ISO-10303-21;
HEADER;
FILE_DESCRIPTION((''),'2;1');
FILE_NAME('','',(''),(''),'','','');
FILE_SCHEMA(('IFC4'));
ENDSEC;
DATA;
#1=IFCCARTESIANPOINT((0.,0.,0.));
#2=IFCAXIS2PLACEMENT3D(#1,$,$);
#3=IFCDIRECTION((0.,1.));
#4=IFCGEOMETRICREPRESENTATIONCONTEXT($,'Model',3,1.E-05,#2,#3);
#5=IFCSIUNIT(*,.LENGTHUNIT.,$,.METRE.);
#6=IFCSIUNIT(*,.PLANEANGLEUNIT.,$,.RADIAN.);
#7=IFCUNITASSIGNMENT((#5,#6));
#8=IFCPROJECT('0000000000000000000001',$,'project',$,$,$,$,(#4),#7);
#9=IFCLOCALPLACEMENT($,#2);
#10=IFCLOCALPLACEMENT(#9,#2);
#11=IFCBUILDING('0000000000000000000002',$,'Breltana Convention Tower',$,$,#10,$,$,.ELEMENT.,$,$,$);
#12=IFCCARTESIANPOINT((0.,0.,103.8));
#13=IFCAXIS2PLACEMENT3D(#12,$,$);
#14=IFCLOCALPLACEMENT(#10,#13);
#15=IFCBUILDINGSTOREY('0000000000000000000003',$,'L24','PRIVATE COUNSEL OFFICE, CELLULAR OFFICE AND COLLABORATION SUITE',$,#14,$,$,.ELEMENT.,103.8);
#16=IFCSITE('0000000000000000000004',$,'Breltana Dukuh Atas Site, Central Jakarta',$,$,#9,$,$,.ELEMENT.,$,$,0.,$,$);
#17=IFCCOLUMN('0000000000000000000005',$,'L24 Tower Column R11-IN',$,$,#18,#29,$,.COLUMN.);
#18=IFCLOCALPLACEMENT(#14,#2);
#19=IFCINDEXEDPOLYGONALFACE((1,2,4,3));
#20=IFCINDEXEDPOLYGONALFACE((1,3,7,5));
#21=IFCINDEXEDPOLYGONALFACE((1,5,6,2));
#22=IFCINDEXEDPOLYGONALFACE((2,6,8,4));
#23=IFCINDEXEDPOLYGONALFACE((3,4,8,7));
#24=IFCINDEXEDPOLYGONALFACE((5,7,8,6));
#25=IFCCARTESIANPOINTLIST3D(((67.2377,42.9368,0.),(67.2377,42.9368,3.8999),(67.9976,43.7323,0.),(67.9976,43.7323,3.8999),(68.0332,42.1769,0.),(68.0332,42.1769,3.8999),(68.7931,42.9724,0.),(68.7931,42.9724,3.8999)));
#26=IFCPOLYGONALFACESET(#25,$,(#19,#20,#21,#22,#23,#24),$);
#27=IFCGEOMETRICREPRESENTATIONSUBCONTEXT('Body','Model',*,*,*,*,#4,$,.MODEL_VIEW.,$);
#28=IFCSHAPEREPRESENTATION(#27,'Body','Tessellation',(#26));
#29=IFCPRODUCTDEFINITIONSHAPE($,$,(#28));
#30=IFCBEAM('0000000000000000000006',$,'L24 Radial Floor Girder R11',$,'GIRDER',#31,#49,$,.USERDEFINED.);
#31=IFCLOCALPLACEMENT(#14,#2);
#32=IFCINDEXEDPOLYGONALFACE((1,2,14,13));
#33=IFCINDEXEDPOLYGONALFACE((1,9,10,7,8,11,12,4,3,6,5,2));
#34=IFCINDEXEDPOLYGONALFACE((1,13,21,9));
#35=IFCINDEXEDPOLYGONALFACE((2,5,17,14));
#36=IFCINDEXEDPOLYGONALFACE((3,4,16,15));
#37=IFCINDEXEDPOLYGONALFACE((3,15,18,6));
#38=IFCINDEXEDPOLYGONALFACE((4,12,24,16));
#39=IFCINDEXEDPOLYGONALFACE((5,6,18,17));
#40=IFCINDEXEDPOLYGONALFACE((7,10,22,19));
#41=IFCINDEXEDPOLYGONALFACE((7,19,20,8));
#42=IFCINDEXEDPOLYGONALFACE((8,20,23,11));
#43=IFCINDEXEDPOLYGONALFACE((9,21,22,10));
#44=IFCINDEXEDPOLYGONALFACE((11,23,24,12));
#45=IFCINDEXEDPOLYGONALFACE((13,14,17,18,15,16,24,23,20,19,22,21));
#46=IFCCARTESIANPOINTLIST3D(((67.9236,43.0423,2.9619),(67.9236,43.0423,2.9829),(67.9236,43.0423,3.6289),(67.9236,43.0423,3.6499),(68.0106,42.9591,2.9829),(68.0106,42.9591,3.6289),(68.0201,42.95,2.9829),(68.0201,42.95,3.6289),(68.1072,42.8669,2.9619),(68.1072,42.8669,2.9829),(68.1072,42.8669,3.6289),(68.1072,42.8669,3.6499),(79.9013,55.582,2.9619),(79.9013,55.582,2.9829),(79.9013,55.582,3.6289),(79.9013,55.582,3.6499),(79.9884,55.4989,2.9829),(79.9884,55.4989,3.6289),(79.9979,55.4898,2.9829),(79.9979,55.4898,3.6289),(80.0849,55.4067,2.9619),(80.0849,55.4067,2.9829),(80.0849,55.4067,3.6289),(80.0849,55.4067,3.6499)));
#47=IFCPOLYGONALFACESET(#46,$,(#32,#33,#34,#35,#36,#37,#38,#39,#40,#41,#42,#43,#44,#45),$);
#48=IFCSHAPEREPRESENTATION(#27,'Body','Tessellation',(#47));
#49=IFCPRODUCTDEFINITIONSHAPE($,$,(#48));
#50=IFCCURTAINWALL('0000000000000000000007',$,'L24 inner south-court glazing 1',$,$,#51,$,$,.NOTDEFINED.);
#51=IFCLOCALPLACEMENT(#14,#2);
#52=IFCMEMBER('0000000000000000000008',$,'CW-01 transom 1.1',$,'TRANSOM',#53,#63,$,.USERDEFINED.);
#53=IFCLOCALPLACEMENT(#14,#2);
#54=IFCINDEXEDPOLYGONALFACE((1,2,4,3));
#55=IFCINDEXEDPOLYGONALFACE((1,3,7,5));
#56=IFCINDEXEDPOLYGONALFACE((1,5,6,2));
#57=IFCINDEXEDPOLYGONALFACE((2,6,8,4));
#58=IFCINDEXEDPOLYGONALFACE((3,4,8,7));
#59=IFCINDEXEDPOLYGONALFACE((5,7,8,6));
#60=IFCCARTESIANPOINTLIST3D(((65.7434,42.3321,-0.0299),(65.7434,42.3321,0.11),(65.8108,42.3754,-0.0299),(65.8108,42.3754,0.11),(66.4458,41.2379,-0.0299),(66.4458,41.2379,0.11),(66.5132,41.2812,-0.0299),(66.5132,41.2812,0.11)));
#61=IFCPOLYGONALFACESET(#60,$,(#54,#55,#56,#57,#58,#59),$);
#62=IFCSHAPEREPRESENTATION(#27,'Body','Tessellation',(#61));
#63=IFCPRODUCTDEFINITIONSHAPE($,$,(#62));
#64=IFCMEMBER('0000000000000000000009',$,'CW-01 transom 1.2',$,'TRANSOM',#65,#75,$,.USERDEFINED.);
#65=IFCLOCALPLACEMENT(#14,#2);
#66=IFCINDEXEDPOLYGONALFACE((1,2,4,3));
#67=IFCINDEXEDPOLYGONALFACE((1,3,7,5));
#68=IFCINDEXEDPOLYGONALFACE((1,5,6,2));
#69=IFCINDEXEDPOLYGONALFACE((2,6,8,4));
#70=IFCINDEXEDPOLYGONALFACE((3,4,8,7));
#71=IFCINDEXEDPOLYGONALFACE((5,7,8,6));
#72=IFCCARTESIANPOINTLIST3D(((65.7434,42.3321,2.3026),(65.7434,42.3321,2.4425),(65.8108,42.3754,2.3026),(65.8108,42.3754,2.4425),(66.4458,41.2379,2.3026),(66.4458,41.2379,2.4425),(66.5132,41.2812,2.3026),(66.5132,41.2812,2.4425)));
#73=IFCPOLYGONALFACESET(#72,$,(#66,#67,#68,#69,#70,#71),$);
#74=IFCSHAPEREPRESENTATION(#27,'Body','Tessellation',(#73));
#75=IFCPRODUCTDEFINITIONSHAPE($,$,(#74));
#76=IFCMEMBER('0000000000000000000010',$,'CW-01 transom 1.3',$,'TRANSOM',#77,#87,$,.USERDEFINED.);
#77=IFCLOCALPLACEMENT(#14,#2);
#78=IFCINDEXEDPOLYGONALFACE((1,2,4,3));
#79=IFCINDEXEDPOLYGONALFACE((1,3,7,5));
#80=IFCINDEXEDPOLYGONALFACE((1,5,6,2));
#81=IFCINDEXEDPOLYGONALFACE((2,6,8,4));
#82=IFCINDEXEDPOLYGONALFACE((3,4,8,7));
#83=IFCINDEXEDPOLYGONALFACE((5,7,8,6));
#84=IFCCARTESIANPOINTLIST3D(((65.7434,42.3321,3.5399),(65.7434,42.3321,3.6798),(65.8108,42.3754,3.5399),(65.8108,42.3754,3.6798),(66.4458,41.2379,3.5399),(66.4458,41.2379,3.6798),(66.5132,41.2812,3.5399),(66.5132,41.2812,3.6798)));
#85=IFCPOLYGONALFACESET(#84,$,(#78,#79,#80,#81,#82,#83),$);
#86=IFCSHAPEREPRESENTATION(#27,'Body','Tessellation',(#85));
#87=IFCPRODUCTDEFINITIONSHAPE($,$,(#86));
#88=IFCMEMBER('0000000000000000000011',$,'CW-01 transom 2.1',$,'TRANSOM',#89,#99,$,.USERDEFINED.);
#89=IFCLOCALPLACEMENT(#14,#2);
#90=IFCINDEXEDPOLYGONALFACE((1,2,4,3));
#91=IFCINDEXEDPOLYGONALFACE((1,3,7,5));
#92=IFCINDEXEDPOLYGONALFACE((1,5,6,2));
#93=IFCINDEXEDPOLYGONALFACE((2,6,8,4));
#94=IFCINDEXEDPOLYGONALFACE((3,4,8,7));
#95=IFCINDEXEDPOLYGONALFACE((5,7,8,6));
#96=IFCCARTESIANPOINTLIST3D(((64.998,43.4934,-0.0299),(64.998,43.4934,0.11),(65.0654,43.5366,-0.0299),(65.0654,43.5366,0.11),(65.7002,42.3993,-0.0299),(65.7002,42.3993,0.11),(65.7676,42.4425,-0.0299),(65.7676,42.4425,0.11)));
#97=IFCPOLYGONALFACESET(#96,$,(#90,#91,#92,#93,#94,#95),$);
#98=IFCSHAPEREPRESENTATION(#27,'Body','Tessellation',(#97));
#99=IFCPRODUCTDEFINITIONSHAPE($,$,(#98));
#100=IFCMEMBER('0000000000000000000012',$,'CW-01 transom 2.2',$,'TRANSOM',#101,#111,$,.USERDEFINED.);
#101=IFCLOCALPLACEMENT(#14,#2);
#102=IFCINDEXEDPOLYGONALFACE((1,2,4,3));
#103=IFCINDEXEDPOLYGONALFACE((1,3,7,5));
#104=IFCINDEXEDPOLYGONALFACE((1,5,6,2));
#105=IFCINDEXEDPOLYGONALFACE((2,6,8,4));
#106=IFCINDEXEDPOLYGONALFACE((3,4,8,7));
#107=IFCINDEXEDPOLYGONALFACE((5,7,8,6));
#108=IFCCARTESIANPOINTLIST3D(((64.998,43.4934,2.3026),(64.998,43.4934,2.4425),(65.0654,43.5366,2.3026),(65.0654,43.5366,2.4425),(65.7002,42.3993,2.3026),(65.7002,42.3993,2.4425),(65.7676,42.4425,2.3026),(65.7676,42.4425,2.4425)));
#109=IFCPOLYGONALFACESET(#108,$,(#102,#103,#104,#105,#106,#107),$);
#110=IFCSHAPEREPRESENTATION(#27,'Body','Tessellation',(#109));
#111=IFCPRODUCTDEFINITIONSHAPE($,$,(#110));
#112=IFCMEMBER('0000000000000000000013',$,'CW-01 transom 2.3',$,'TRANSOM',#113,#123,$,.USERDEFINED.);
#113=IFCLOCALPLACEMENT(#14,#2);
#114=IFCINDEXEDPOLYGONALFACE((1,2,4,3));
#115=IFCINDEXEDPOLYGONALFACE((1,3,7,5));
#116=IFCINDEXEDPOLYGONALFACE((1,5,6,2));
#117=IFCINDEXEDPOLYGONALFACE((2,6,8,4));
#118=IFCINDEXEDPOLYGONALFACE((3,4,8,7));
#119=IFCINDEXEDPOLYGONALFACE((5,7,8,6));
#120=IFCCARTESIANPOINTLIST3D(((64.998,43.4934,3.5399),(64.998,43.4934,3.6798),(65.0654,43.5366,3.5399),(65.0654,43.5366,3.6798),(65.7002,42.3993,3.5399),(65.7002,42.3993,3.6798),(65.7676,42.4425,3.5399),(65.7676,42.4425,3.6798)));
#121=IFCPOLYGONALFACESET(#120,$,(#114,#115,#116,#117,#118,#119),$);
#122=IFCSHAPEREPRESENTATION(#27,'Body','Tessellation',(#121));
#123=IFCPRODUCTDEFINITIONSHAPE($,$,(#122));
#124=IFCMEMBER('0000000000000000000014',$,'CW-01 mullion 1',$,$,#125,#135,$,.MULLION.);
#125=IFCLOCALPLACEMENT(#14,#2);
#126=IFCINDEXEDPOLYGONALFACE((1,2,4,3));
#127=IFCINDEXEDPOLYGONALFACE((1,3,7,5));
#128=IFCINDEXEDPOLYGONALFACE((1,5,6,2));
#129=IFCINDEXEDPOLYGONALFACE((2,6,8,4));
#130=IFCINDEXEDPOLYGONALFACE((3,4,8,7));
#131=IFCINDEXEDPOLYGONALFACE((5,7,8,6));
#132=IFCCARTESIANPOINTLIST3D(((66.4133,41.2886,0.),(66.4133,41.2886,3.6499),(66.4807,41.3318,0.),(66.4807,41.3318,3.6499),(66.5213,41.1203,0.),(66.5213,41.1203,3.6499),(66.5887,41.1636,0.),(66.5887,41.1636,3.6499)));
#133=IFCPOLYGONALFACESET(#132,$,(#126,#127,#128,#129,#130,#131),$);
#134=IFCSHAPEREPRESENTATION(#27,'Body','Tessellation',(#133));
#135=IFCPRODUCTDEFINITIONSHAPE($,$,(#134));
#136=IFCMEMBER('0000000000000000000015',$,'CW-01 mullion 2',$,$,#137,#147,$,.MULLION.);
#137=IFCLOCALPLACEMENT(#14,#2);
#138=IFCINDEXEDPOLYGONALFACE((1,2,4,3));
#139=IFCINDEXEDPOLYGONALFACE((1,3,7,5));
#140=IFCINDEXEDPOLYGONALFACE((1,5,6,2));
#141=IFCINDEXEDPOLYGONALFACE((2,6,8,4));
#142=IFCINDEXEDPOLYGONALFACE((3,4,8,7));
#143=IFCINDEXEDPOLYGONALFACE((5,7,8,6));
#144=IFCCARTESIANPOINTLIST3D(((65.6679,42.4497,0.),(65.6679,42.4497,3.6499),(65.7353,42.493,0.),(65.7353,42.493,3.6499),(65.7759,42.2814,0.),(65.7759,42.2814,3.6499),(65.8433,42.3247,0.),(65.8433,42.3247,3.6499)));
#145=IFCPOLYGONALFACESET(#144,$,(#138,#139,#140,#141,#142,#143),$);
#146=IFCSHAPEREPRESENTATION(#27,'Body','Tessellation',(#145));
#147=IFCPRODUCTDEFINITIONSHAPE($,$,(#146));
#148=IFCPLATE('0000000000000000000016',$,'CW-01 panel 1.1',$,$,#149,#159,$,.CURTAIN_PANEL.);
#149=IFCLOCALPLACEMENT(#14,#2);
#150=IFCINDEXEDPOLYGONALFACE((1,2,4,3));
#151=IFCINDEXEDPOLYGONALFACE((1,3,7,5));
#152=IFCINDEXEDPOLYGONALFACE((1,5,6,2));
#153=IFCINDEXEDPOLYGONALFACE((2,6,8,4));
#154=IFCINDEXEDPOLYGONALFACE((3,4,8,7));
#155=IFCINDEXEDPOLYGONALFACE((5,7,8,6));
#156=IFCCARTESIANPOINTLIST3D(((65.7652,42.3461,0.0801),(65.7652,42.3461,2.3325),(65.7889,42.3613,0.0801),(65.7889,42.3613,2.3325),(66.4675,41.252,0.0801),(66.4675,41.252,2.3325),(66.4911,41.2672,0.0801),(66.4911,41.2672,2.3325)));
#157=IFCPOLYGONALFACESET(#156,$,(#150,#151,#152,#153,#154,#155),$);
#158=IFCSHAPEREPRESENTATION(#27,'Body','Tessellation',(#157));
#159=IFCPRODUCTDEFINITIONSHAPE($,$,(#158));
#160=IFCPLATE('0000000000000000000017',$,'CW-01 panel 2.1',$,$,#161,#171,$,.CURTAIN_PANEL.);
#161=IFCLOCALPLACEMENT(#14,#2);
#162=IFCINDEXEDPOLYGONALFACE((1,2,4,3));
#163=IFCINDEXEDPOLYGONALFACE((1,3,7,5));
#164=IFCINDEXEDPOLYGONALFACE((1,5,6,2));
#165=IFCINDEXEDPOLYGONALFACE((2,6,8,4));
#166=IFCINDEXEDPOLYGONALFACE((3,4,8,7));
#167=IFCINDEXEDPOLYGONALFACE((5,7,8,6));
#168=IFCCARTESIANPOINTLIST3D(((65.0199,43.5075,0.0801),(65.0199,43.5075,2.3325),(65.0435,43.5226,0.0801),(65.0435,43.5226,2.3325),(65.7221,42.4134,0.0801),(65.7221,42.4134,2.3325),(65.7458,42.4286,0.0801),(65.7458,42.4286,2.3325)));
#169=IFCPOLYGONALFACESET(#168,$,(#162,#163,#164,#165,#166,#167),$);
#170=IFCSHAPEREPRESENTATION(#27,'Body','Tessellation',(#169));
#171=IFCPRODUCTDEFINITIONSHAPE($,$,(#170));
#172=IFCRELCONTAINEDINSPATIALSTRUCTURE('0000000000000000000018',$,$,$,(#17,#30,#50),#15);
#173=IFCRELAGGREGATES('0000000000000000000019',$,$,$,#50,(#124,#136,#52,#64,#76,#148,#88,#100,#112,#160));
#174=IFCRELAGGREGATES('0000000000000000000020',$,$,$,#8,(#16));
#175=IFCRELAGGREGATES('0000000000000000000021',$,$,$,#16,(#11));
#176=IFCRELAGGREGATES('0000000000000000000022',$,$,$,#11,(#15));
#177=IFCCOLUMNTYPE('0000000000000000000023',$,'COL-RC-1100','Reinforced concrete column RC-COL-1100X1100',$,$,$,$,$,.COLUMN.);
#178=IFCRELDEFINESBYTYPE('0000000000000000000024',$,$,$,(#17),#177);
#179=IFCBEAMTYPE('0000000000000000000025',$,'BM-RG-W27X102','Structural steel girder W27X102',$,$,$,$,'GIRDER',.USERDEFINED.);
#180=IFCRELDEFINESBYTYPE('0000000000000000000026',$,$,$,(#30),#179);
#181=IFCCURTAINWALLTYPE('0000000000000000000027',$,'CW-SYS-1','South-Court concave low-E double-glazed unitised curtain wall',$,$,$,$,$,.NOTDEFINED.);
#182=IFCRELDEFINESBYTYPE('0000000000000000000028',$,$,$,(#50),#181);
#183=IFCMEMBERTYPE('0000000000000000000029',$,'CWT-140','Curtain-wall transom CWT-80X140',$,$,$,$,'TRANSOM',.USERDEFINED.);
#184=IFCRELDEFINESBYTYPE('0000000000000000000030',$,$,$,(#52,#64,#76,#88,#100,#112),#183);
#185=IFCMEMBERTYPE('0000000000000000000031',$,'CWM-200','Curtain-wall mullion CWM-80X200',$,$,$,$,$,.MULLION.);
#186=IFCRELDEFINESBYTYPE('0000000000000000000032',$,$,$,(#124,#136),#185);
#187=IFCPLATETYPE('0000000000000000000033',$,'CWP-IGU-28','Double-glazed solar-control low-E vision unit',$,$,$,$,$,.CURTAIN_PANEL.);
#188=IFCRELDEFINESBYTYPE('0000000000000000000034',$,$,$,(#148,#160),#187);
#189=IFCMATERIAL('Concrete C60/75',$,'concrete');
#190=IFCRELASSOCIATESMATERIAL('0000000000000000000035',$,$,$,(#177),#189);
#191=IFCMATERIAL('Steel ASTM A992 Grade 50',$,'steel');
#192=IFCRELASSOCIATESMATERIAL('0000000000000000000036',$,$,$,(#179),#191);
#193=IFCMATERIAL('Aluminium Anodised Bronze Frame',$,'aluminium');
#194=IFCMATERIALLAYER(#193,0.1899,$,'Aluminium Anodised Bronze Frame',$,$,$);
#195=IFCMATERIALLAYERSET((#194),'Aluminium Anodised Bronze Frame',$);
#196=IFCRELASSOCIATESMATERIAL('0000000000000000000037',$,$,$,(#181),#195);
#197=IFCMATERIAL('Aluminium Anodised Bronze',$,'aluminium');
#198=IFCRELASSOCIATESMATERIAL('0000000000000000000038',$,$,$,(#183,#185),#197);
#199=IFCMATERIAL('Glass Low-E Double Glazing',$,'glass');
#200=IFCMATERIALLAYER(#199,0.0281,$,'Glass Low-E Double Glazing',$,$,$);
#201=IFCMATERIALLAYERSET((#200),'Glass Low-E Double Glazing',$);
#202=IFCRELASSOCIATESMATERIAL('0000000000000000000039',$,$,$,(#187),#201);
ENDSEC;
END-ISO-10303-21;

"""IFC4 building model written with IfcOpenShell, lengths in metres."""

from ifc_helpers import new_model, si_unit, direction, frame, origin, origin_2d, place, context, subcontext, project, spatial, rectangle, i_section, extrude, source, transform, mapped, material, layer, layer_set, material_profile, profile_set, type_object, type_shapes, element, aggregate, save


model = new_model("IFC4")

# Units and contexts
model_context = context("Model", 3, precision=1e-05, world=origin(), true_north=direction((0.0, 1.0)))
body_context = subcontext(model_context, "Body", "Model", "MODEL_VIEW")
ifc_project = project(units=[si_unit("LENGTHUNIT", "METRE"), si_unit("PLANEANGLEUNIT", "RADIAN")], contexts=[model_context])

# Site, building, storey
site_placement = place(None, origin())
site = spatial("IfcSite", under=ifc_project, at=site_placement, Name="Breltana Dukuh Atas Site, Central Jakarta", CompositionType="ELEMENT", RefElevation=0.0)
building_placement = place(site_placement, origin())
building = spatial("IfcBuilding", under=site, at=building_placement, Name="Breltana Convention Tower", CompositionType="ELEMENT")
storey_placement = place(building_placement, frame((0.0, 0.0, 103.8)))
storey = spatial("IfcBuildingStorey", under=building, at=storey_placement, Name="L24", Description="PRIVATE COUNSEL OFFICE, CELLULAR OFFICE AND COLLABORATION SUITE", CompositionType="ELEMENT", Elevation=103.8)

# Column
ifc_material_1 = material(Name="Concrete C60/75", Category="concrete")
ifc_material_profile_1 = material_profile(ifc_material_1, rectangle(XDim=1.1001, YDim=1.1001, at=origin_2d()), Name="RC-COL-1100X1100")
ifc_profile_set_1 = profile_set([ifc_material_profile_1], Name="Concrete C60/75")
column_type = type_object("IfcColumnType", Name="COL-RC-1100", Description="Reinforced concrete column RC-COL-1100X1100", PredefinedType="COLUMN", material=ifc_profile_set_1)
shared_shape_1 = source(origin(), body_context, "Body", "SweptSolid", [
    extrude(rectangle(XDim=1.1001, YDim=1.1001, at=origin_2d()), origin(), (0.0, 0.0, 1.0), 3.8999),
])
column_placement = place(storey_placement, frame((68.0154, 42.9546, 0.0), z_axis=(0.0, 0.0, 1.0), x_axis=(0.690756, 0.723088, 0.0)))
element("IfcColumn", 1, at=column_placement, inside=storey, type_object=column_type, Name="L24 Tower Column R11-IN", PredefinedType="COLUMN", context=body_context, shape_type="MappedRepresentation", body=[
    mapped(shared_shape_1, transform((0.0, 0.0, 0.0), scale=1.0)),
])

# Beam
ifc_material_2 = material(Name="Steel ASTM A992 Grade 50", Category="steel")
ifc_material_profile_2 = material_profile(ifc_material_2, i_section(OverallWidth=0.2539, OverallDepth=0.688, WebThickness=0.0132, FlangeThickness=0.021, at=origin_2d()), Name="W27X102")
ifc_profile_set_2 = profile_set([ifc_material_profile_2], Name="Steel ASTM A992 Grade 50")
beam_type = type_object("IfcBeamType", Name="BM-RG-W27X102", Description="Structural steel girder W27X102", ElementType="GIRDER", PredefinedType="USERDEFINED", material=ifc_profile_set_2)
shared_shape_2 = source(origin(), body_context, "Body", "SweptSolid", [
    extrude(i_section(OverallWidth=0.2539, OverallDepth=0.688, WebThickness=0.0132, FlangeThickness=0.021, at=origin_2d()), origin(), (0.0, 0.0, 1.0), 17.3411),
])
type_shapes(beam_type, [shared_shape_2])
beam_placement = place(storey_placement, frame((68.0154, 42.9546, 3.3059), z_axis=(0.690716, 0.723126, 0.0), x_axis=(-0.723126, 0.690716, 0.0)))
element("IfcBeam", 2, at=beam_placement, inside=storey, type_object=beam_type, Name="L24 Radial Floor Girder R11", ObjectType="GIRDER", PredefinedType="USERDEFINED", context=body_context, shape_type="MappedRepresentation", body=[
    mapped(shared_shape_2, transform((0.0, 0.0, 0.0), scale=1.0)),
])

# Curtain wall, members, plates
ifc_material_3 = material(Name="Aluminium Anodised Bronze Frame", Category="aluminium")
ifc_layer_1 = layer(ifc_material_3, 0.1899, Name="Aluminium Anodised Bronze Frame")
ifc_layer_set_1 = layer_set([ifc_layer_1], Name="Aluminium Anodised Bronze Frame")
curtain_wall_type = type_object("IfcCurtainWallType", Name="CW-SYS-1", Description="South-Court concave low-E double-glazed unitised curtain wall", PredefinedType="NOTDEFINED", material=ifc_layer_set_1)
curtain_wall_placement = place(storey_placement, origin())
curtain_wall = element("IfcCurtainWall", 3, at=curtain_wall_placement, inside=storey, type_object=curtain_wall_type, Name="L24 inner south-court glazing 1", PredefinedType="NOTDEFINED")
ifc_material_4 = material(Name="Aluminium Anodised Bronze", Category="aluminium")
ifc_material_profile_3 = material_profile(ifc_material_4, rectangle(XDim=0.0801, YDim=0.1399, at=origin_2d()), Name="CWT-80X140")
ifc_profile_set_3 = profile_set([ifc_material_profile_3], Name="Aluminium Anodised Bronze")
member_type_1 = type_object("IfcMemberType", Name="CWT-140", Description="Curtain-wall transom CWT-80X140", ElementType="TRANSOM", PredefinedType="USERDEFINED", material=ifc_profile_set_3)
shared_shape_3 = source(origin(), body_context, "Body", "SweptSolid", [
    extrude(rectangle(XDim=0.0801, YDim=0.1399, at=origin_2d()), origin(), (0.0, 0.0, 1.0), 1.3003),
])
member_1_placement = place(storey_placement, frame((66.4795, 41.2595, 0.04), z_axis=(-0.540188, 0.841544, 0.0), x_axis=(-0.841544, -0.540188, 0.0)))
member_1 = element("IfcMember", 4, at=member_1_placement, type_object=member_type_1, Name="CW-01 transom 1.1", ObjectType="TRANSOM", PredefinedType="USERDEFINED", context=body_context, shape_type="MappedRepresentation", body=[
    mapped(shared_shape_3, transform((0.0, 0.0, 0.0), scale=1.0)),
])
member_2_placement = place(storey_placement, frame((66.4795, 41.2595, 2.3726), z_axis=(-0.540188, 0.841544, 0.0), x_axis=(-0.841544, -0.540188, 0.0)))
member_2 = element("IfcMember", 5, at=member_2_placement, type_object=member_type_1, Name="CW-01 transom 1.2", ObjectType="TRANSOM", PredefinedType="USERDEFINED", context=body_context, shape_type="MappedRepresentation", body=[
    mapped(shared_shape_3, transform((0.0, 0.0, 0.0), scale=1.0)),
])
member_3_placement = place(storey_placement, frame((66.4795, 41.2595, 3.6099), z_axis=(-0.540188, 0.841544, 0.0), x_axis=(-0.841544, -0.540188, 0.0)))
member_3 = element("IfcMember", 6, at=member_3_placement, type_object=member_type_1, Name="CW-01 transom 1.3", ObjectType="TRANSOM", PredefinedType="USERDEFINED", context=body_context, shape_type="MappedRepresentation", body=[
    mapped(shared_shape_3, transform((0.0, 0.0, 0.0), scale=1.0)),
])
shared_shape_4 = source(origin(), body_context, "Body", "SweptSolid", [
    extrude(rectangle(XDim=0.0801, YDim=0.1399, at=origin_2d()), origin(), (0.0, 0.0, 1.0), 1.3),
])
member_4_placement = place(storey_placement, frame((65.7339, 42.4209, 0.04), z_axis=(-0.54014, 0.841575, 0.0), x_axis=(-0.841575, -0.54014, 0.0)))
member_4 = element("IfcMember", 7, at=member_4_placement, type_object=member_type_1, Name="CW-01 transom 2.1", ObjectType="TRANSOM", PredefinedType="USERDEFINED", context=body_context, shape_type="MappedRepresentation", body=[
    mapped(shared_shape_4, transform((0.0, 0.0, 0.0), scale=1.0)),
])
member_5_placement = place(storey_placement, frame((65.7339, 42.4209, 2.3726), z_axis=(-0.54014, 0.841575, 0.0), x_axis=(-0.841575, -0.54014, 0.0)))
member_5 = element("IfcMember", 8, at=member_5_placement, type_object=member_type_1, Name="CW-01 transom 2.2", ObjectType="TRANSOM", PredefinedType="USERDEFINED", context=body_context, shape_type="MappedRepresentation", body=[
    mapped(shared_shape_4, transform((0.0, 0.0, 0.0), scale=1.0)),
])
member_6_placement = place(storey_placement, frame((65.7339, 42.4209, 3.6099), z_axis=(-0.54014, 0.841575, 0.0), x_axis=(-0.841575, -0.54014, 0.0)))
member_6 = element("IfcMember", 9, at=member_6_placement, type_object=member_type_1, Name="CW-01 transom 2.3", ObjectType="TRANSOM", PredefinedType="USERDEFINED", context=body_context, shape_type="MappedRepresentation", body=[
    mapped(shared_shape_4, transform((0.0, 0.0, 0.0), scale=1.0)),
])
ifc_material_profile_4 = material_profile(ifc_material_4, rectangle(XDim=0.0801, YDim=0.2, at=origin_2d()), Name="CWM-80X200")
ifc_profile_set_4 = profile_set([ifc_material_profile_4], Name="Aluminium Anodised Bronze")
member_type_2 = type_object("IfcMemberType", Name="CWM-200", Description="Curtain-wall mullion CWM-80X200", PredefinedType="MULLION", material=ifc_profile_set_4)
shared_shape_5 = source(origin(), body_context, "Body", "SweptSolid", [
    extrude(rectangle(XDim=0.0801, YDim=0.2, at=origin_2d()), origin(), (0.0, 0.0, 1.0), 3.6499),
])
member_7_placement = place(storey_placement, frame((66.501, 41.2261, 0.0), z_axis=(0.0, 0.0, 1.0), x_axis=(-0.841551, -0.540177, 0.0)))
member_7 = element("IfcMember", 10, at=member_7_placement, type_object=member_type_2, Name="CW-01 mullion 1", PredefinedType="MULLION", context=body_context, shape_type="MappedRepresentation", body=[
    mapped(shared_shape_5, transform((0.0, 0.0, 0.0), scale=1.0)),
])
member_8_placement = place(storey_placement, frame((65.7556, 42.3872, 0.0), z_axis=(0.0, 0.0, 1.0), x_axis=(-0.841551, -0.540177, 0.0)))
member_8 = element("IfcMember", 11, at=member_8_placement, type_object=member_type_2, Name="CW-01 mullion 2", PredefinedType="MULLION", context=body_context, shape_type="MappedRepresentation", body=[
    mapped(shared_shape_5, transform((0.0, 0.0, 0.0), scale=1.0)),
])
ifc_material_5 = material(Name="Glass Low-E Double Glazing", Category="glass")
ifc_layer_2 = layer(ifc_material_5, 0.0281, Name="Glass Low-E Double Glazing")
ifc_layer_set_2 = layer_set([ifc_layer_2], Name="Glass Low-E Double Glazing")
plate_type = type_object("IfcPlateType", Name="CWP-IGU-28", Description="Double-glazed solar-control low-E vision unit", PredefinedType="CURTAIN_PANEL", material=ifc_layer_set_2)
shared_shape_6 = source(origin(), body_context, "Body", "SweptSolid", [
    extrude(rectangle(XDim=1.3, YDim=0.0281, at=origin_2d()), origin(), (0.0, 0.0, 1.0), 2.2524),
])
plate_1_placement = place(storey_placement, frame((66.1282, 41.8066, 0.0801), z_axis=(0.0, 0.0, 1.0), x_axis=(-0.540177, 0.841551, 0.0)))
plate_1 = element("IfcPlate", 12, at=plate_1_placement, type_object=plate_type, Name="CW-01 panel 1.1", PredefinedType="CURTAIN_PANEL", context=body_context, shape_type="MappedRepresentation", body=[
    mapped(shared_shape_6, transform((0.0, 0.0, 0.0), scale=1.0)),
])
plate_2_placement = place(storey_placement, frame((65.3828, 42.968, 0.0801), z_axis=(0.0, 0.0, 1.0), x_axis=(-0.540177, 0.841551, 0.0)))
plate_2 = element("IfcPlate", 13, at=plate_2_placement, type_object=plate_type, Name="CW-01 panel 2.1", PredefinedType="CURTAIN_PANEL", context=body_context, shape_type="MappedRepresentation", body=[
    mapped(shared_shape_6, transform((0.0, 0.0, 0.0), scale=1.0)),
])
aggregate(curtain_wall, [member_7, member_8, member_1, member_2, member_3, plate_1, member_4, member_5, member_6, plate_2])

save(model, "model.ifc")
